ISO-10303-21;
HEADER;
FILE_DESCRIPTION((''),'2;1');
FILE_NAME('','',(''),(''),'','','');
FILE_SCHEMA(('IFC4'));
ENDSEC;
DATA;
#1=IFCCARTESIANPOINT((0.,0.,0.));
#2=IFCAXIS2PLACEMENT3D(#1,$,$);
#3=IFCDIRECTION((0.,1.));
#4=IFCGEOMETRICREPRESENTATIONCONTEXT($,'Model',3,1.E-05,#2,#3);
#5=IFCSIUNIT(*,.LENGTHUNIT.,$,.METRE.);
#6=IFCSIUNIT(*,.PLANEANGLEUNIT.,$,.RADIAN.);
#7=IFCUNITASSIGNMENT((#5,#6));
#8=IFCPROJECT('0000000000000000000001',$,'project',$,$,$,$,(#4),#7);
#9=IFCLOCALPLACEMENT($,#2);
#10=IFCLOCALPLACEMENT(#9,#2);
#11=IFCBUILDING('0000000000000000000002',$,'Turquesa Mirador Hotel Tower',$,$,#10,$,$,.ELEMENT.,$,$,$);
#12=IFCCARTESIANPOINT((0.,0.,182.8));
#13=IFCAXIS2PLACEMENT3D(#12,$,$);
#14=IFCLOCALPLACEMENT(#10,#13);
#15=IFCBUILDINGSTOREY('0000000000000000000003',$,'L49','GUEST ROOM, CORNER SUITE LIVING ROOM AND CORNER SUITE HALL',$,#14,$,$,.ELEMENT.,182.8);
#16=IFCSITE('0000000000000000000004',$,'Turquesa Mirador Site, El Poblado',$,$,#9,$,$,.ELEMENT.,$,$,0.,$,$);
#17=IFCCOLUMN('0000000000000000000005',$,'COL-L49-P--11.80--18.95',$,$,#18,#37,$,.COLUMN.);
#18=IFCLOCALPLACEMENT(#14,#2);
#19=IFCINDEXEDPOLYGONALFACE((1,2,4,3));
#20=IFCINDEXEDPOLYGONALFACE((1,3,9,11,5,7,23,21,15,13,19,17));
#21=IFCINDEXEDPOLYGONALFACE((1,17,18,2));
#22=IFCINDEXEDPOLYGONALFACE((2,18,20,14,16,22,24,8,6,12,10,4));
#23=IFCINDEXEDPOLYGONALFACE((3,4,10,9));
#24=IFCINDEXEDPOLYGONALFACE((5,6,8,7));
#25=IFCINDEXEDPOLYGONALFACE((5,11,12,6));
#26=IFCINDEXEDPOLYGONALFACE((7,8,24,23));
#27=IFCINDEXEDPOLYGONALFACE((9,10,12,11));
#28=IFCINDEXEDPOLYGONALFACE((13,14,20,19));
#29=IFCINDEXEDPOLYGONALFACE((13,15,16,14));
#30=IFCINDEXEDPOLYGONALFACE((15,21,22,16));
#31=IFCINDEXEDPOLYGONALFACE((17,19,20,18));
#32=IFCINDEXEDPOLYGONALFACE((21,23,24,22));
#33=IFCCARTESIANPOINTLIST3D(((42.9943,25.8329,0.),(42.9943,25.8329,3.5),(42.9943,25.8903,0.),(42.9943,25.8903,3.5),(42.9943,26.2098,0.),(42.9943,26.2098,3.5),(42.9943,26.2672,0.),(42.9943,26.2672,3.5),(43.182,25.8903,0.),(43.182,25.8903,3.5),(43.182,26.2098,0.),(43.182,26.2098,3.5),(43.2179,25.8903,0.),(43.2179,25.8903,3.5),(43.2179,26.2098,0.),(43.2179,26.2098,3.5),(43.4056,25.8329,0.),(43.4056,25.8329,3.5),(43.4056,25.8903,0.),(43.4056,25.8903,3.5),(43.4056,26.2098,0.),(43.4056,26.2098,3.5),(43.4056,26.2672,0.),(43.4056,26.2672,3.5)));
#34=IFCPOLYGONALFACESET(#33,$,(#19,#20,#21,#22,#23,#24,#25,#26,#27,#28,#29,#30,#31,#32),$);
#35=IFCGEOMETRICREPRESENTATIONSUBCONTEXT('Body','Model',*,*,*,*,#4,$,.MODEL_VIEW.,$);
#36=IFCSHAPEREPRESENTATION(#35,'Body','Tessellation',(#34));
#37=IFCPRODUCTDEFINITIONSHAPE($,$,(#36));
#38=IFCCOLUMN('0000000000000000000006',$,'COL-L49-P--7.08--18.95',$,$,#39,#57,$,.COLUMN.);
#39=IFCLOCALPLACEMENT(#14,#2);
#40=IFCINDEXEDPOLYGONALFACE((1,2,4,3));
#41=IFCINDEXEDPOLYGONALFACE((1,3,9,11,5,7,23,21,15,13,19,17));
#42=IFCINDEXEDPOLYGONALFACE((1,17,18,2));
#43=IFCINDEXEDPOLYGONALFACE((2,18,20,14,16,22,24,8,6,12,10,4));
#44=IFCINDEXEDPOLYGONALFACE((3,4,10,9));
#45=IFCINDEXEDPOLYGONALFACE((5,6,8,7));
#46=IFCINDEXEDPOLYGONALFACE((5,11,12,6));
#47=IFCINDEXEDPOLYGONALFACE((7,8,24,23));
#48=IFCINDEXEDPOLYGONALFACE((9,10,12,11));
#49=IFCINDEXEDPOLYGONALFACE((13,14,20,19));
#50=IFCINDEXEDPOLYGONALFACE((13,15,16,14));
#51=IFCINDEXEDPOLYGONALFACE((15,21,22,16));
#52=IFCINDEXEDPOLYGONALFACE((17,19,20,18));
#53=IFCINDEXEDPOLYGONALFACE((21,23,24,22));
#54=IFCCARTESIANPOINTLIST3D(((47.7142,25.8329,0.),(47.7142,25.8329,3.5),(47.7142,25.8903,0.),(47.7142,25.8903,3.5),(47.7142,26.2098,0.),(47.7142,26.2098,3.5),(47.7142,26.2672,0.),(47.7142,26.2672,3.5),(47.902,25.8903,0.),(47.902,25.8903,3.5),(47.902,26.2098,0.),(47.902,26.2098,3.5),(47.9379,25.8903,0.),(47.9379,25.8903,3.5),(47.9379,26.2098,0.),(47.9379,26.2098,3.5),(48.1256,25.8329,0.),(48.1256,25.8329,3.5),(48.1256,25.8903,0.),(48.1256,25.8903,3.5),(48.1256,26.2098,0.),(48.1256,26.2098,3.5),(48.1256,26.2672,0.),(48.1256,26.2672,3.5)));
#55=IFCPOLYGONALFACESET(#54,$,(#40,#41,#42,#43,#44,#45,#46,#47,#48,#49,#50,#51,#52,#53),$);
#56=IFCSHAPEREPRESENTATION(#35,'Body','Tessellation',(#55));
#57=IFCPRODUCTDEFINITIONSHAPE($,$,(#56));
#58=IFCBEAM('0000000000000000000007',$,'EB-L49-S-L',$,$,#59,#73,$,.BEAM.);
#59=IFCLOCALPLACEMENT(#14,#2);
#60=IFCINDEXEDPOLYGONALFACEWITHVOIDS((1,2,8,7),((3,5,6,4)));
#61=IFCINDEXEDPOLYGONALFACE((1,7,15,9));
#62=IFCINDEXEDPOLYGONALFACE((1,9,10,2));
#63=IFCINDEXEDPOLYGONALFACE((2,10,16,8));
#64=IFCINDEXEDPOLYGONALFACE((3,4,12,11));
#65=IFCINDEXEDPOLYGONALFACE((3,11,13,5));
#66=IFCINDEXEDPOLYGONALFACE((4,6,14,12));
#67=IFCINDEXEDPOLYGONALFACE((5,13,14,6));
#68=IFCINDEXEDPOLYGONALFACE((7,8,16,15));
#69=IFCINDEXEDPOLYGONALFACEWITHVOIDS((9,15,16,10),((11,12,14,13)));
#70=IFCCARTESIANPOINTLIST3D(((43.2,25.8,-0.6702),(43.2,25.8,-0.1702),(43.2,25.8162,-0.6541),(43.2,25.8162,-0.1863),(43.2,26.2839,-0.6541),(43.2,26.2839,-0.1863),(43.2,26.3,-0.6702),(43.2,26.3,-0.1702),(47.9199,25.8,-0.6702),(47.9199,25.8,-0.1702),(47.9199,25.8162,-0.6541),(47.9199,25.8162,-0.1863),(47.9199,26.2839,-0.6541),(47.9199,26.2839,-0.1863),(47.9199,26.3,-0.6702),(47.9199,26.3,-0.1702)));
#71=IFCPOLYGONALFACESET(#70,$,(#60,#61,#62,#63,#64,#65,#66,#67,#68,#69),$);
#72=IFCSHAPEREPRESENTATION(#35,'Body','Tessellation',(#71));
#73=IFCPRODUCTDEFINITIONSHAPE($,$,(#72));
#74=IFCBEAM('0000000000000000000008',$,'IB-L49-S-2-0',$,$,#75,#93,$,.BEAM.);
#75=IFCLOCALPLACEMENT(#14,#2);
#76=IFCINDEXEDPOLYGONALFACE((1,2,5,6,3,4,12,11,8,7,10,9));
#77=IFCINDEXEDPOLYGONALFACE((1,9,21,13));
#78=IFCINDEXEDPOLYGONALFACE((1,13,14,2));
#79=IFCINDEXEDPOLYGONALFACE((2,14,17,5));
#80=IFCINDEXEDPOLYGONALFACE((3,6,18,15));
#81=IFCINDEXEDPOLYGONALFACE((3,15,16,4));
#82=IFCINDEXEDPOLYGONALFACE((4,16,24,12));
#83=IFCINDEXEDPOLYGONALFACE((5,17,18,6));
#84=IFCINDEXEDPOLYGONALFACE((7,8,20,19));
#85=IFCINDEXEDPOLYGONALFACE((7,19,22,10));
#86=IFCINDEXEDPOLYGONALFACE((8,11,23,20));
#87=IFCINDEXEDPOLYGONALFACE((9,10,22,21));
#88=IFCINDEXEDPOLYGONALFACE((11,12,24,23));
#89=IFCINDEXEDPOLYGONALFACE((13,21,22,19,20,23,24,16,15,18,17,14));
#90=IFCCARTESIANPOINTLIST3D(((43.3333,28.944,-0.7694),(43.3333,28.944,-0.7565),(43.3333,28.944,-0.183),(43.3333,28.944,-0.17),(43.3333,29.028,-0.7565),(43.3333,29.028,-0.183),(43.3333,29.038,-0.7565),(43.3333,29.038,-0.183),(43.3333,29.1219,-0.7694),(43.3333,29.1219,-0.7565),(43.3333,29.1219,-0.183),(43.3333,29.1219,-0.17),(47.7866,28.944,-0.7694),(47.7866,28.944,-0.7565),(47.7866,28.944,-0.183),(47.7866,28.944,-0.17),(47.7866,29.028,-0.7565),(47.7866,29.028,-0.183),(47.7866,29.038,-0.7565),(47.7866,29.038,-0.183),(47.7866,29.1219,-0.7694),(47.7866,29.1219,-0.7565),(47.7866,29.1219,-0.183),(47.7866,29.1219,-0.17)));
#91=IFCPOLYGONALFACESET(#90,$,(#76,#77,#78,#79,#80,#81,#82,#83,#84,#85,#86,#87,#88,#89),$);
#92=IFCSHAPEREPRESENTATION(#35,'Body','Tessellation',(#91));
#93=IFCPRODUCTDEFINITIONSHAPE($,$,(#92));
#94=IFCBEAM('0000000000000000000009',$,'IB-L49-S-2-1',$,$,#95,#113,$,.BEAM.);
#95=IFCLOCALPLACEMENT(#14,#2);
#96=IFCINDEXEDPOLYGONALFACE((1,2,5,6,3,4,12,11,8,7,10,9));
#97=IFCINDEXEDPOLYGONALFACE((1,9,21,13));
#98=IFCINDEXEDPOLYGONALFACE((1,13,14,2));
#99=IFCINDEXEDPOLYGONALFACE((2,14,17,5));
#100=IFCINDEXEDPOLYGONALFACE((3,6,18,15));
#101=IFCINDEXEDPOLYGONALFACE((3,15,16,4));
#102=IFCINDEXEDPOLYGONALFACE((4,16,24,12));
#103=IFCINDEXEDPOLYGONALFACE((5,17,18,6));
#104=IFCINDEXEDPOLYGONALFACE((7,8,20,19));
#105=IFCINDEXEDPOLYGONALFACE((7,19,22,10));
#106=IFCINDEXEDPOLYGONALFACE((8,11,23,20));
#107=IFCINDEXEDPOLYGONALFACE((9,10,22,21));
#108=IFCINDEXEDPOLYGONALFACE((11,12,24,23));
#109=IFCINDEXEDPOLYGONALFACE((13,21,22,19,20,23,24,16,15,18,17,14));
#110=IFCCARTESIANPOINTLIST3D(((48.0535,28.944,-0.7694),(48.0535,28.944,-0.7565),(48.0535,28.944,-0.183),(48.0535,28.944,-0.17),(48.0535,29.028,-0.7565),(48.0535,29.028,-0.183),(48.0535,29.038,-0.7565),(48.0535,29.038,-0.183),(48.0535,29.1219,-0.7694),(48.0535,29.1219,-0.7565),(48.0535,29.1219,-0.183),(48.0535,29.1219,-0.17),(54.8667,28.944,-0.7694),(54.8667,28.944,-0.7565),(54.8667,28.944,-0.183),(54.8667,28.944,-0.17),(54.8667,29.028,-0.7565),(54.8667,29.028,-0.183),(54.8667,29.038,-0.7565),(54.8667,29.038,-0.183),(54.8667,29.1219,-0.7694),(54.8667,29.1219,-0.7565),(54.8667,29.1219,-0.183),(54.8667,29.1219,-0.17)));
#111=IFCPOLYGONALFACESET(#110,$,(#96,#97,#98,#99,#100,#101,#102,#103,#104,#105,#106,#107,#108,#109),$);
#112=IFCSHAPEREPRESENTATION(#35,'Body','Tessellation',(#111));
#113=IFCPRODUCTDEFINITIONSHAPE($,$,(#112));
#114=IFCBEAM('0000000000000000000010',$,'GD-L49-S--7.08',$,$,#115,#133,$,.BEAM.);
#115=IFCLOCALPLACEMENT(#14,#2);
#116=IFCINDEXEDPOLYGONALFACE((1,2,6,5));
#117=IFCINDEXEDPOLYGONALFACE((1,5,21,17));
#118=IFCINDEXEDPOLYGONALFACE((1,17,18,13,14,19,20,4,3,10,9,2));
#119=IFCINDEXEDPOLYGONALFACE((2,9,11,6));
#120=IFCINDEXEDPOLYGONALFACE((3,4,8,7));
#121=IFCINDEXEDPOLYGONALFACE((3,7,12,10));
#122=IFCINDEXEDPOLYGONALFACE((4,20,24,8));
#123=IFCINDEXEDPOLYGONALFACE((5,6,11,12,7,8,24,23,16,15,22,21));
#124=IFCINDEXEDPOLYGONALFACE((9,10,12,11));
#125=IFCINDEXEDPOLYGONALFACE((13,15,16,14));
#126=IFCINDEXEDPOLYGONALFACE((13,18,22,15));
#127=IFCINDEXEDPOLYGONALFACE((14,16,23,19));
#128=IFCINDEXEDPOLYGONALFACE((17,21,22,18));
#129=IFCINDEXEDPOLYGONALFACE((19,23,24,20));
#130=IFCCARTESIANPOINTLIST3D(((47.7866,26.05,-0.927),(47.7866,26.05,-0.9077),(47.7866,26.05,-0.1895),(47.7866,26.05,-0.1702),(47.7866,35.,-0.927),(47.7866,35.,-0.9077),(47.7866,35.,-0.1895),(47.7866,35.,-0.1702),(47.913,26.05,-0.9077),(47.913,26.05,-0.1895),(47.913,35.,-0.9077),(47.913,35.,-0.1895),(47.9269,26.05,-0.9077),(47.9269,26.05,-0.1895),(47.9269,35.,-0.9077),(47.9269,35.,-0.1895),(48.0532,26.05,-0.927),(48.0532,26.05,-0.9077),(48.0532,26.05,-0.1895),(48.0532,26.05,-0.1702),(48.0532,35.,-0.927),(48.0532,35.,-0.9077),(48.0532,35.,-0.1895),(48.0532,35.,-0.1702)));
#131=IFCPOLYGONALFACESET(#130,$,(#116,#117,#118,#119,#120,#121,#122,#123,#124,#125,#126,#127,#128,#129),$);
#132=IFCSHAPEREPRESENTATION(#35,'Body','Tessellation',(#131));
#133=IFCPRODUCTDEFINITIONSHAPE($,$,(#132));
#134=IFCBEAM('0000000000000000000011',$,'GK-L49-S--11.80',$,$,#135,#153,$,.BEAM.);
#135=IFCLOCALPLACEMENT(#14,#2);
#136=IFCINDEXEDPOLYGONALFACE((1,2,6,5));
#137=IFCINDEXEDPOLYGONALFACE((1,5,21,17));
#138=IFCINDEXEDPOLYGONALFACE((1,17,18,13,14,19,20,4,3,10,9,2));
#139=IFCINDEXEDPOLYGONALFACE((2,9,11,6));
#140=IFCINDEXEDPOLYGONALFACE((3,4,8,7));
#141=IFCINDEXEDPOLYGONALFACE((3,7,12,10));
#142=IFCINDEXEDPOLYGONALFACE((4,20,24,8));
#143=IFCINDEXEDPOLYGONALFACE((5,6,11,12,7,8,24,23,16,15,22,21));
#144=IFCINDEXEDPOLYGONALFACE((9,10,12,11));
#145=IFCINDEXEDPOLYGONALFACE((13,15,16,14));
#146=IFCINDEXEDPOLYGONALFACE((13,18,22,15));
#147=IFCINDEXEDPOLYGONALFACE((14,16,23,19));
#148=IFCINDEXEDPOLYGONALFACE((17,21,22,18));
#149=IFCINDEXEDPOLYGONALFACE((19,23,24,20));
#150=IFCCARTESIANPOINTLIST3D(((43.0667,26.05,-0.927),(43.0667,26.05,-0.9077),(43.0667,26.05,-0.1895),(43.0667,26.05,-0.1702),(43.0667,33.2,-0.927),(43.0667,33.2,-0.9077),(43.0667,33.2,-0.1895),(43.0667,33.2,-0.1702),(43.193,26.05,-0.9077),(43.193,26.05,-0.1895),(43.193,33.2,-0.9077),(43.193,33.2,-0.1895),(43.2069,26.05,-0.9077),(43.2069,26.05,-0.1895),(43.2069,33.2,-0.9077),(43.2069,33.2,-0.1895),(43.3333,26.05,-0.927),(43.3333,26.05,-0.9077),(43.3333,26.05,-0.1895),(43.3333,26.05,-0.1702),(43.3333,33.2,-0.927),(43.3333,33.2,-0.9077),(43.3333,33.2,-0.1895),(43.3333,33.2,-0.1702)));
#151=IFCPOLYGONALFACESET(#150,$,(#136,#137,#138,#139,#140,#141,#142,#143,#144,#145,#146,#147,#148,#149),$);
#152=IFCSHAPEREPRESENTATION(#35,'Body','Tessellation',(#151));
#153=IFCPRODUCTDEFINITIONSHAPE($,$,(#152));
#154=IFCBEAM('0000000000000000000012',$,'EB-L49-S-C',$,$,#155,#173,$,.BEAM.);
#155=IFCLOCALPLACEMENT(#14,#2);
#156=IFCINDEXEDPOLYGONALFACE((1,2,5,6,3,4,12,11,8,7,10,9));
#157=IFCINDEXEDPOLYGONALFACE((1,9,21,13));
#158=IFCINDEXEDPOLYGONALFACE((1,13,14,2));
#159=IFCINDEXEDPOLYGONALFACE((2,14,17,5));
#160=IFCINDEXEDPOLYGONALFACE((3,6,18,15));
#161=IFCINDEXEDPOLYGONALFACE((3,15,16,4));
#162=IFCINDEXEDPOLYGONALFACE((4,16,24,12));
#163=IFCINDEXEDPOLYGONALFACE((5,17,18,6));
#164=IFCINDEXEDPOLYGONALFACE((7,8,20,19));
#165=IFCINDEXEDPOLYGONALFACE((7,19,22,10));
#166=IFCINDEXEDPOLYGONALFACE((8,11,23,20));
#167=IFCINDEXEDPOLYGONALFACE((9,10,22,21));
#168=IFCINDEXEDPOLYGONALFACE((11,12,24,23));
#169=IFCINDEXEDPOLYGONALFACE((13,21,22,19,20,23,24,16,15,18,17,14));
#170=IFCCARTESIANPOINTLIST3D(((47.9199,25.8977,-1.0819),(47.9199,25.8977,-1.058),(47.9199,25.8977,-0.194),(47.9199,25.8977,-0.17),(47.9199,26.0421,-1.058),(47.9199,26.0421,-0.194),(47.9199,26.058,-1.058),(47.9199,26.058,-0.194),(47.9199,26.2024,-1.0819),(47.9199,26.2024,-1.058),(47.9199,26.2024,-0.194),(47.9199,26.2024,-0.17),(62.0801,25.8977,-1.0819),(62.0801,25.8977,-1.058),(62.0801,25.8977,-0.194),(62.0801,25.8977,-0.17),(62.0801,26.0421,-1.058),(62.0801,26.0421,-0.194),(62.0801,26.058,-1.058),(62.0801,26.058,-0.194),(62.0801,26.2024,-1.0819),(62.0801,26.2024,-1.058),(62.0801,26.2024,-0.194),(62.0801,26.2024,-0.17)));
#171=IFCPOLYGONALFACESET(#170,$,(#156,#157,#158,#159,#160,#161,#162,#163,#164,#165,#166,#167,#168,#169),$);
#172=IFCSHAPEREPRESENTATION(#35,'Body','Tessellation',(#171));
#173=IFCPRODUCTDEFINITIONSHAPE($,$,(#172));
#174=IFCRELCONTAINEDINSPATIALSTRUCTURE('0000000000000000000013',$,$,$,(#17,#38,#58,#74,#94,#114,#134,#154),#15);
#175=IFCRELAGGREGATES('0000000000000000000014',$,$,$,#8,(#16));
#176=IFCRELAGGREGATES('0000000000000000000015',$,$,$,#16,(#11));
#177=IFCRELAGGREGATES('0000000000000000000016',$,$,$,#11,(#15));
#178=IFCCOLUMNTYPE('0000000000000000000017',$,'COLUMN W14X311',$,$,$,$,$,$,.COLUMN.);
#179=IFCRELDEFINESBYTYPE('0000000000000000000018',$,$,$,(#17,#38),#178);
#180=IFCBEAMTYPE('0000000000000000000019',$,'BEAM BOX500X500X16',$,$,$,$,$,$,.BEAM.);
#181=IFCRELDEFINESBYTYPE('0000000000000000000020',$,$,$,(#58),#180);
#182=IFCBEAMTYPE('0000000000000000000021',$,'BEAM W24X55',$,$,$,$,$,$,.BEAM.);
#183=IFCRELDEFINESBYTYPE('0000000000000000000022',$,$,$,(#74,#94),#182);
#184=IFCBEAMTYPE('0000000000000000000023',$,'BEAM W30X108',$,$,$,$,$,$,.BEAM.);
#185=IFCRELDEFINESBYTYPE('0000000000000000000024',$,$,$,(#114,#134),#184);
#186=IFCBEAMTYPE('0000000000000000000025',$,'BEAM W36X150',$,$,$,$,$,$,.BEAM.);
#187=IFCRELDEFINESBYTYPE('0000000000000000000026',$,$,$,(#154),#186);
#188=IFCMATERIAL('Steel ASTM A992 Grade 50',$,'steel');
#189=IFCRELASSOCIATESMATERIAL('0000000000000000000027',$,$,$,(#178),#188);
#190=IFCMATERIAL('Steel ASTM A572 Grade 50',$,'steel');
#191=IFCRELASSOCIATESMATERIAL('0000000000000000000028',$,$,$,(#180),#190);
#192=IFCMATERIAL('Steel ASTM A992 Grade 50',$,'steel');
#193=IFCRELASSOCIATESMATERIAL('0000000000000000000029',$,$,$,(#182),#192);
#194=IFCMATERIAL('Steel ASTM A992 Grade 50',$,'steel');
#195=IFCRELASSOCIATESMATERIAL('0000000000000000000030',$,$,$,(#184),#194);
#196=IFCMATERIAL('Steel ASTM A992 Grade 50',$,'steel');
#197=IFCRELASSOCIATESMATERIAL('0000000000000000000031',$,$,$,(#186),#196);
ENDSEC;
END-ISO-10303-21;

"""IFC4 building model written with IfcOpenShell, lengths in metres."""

from ifc_helpers import new_model, si_unit, direction, frame, origin, origin_2d, place, context, subcontext, project, spatial, hollow_rectangle, i_section, extrude, material, material_profile, profile_set, type_object, element, save


model = new_model("IFC4")

# Units and contexts
model_context = context("Model", 3, precision=1e-05, world=origin(), true_north=direction((0.0, 1.0)))
body_context = subcontext(model_context, "Body", "Model", "MODEL_VIEW")
ifc_project = project(units=[si_unit("LENGTHUNIT", "METRE"), si_unit("PLANEANGLEUNIT", "RADIAN")], contexts=[model_context])

# Site, building, storey
site_placement = place(None, origin())
site = spatial("IfcSite", under=ifc_project, at=site_placement, Name="Turquesa Mirador Site, El Poblado", CompositionType="ELEMENT", RefElevation=0.0)
building_placement = place(site_placement, origin())
building = spatial("IfcBuilding", under=site, at=building_placement, Name="Turquesa Mirador Hotel Tower", CompositionType="ELEMENT")
storey_placement = place(building_placement, frame((0.0, 0.0, 182.8)))
storey = spatial("IfcBuildingStorey", under=building, at=storey_placement, Name="L49", Description="GUEST ROOM, CORNER SUITE LIVING ROOM AND CORNER SUITE HALL", CompositionType="ELEMENT", Elevation=182.8)

# Columns
ifc_material_1 = material(Name="Steel ASTM A992 Grade 50", Category="steel")
ifc_material_profile_1 = material_profile(ifc_material_1, i_section(OverallWidth=0.4114, OverallDepth=0.4343, WebThickness=0.0359, FlangeThickness=0.0574, at=origin_2d()), Name="W14X311")
ifc_profile_set_1 = profile_set([ifc_material_profile_1], Name="Steel ASTM A992 Grade 50")
column_type = type_object("IfcColumnType", Name="COLUMN W14X311", PredefinedType="COLUMN", material=ifc_profile_set_1)
for number, where, z_axis, x_axis, name in (
    (1, (43.2, 26.05, 0.0), (0.0, 0.0, 1.0), (1.0, 0.0, 0.0), "COL-L49-P--11.80--18.95"),
    (2, (47.9199, 26.05, 0.0), (0.0, 0.0, 1.0), (1.0, 0.0, 0.0), "COL-L49-P--7.08--18.95"),
):
    element("IfcColumn", number, at=place(storey_placement, frame(where, z_axis=z_axis, x_axis=x_axis)), inside=storey, type_object=column_type, Name=name, PredefinedType="COLUMN", context=body_context, shape_type="SweptSolid", body=[
        extrude(i_section(OverallWidth=0.4114, OverallDepth=0.4343, WebThickness=0.0359, FlangeThickness=0.0574, at=origin_2d()), origin(), (0.0, 0.0, 1.0), 3.5),
    ])

# Beams
ifc_material_2 = material(Name="Steel ASTM A572 Grade 50", Category="steel")
ifc_material_profile_2 = material_profile(ifc_material_2, hollow_rectangle(XDim=0.5, YDim=0.5, WallThickness=0.0161, at=origin_2d()), Name="BOX500X500X16")
ifc_profile_set_2 = profile_set([ifc_material_profile_2], Name="Steel ASTM A572 Grade 50")
beam_type_1 = type_object("IfcBeamType", Name="BEAM BOX500X500X16", PredefinedType="BEAM", material=ifc_profile_set_2)
beam_1_placement = place(storey_placement, frame((43.2, 26.05, -0.4202), z_axis=(1.0, 0.0, 0.0), x_axis=(0.0, 1.0, 0.0)))
element("IfcBeam", 3, at=beam_1_placement, inside=storey, type_object=beam_type_1, Name="EB-L49-S-L", PredefinedType="BEAM", context=body_context, shape_type="SweptSolid", body=[
    extrude(hollow_rectangle(XDim=0.5, YDim=0.5, WallThickness=0.0161, at=origin_2d()), origin(), (0.0, 0.0, 1.0), 4.72),
])
ifc_material_3 = material(Name="Steel ASTM A992 Grade 50", Category="steel")
ifc_material_profile_3 = material_profile(ifc_material_3, i_section(OverallWidth=0.178, OverallDepth=0.5994, WebThickness=0.01, FlangeThickness=0.0129, at=origin_2d()), Name="W24X55")
ifc_profile_set_3 = profile_set([ifc_material_profile_3], Name="Steel ASTM A992 Grade 50")
beam_type_2 = type_object("IfcBeamType", Name="BEAM W24X55", PredefinedType="BEAM", material=ifc_profile_set_3)
beam_2_placement = place(storey_placement, frame((43.3333, 29.033, -0.4697), z_axis=(1.0, 0.0, 0.0), x_axis=(0.0, 1.0, 0.0)))
element("IfcBeam", 4, at=beam_2_placement, inside=storey, type_object=beam_type_2, Name="IB-L49-S-2-0", PredefinedType="BEAM", context=body_context, shape_type="SweptSolid", body=[
    extrude(i_section(OverallWidth=0.178, OverallDepth=0.5994, WebThickness=0.01, FlangeThickness=0.0129, at=origin_2d()), origin(), (0.0, 0.0, 1.0), 4.4534),
])
beam_3_placement = place(storey_placement, frame((48.0535, 29.033, -0.4697), z_axis=(1.0, 0.0, 0.0), x_axis=(0.0, 1.0, 0.0)))
element("IfcBeam", 5, at=beam_3_placement, inside=storey, type_object=beam_type_2, Name="IB-L49-S-2-1", PredefinedType="BEAM", context=body_context, shape_type="SweptSolid", body=[
    extrude(i_section(OverallWidth=0.178, OverallDepth=0.5994, WebThickness=0.01, FlangeThickness=0.0129, at=origin_2d()), origin(), (0.0, 0.0, 1.0), 6.8132),
])
ifc_material_4 = material(Name="Steel ASTM A992 Grade 50", Category="steel")
ifc_material_profile_4 = material_profile(ifc_material_4, i_section(OverallWidth=0.2666, OverallDepth=0.7568, WebThickness=0.0139, FlangeThickness=0.0193, at=origin_2d()), Name="W30X108")
ifc_profile_set_4 = profile_set([ifc_material_profile_4], Name="Steel ASTM A992 Grade 50")
beam_type_3 = type_object("IfcBeamType", Name="BEAM W30X108", PredefinedType="BEAM", material=ifc_profile_set_4)
beam_4_placement = place(storey_placement, frame((47.9199, 26.05, -0.5486), z_axis=(0.0, 1.0, 0.0), x_axis=(-1.0, 0.0, 0.0)))
element("IfcBeam", 6, at=beam_4_placement, inside=storey, type_object=beam_type_3, Name="GD-L49-S--7.08", PredefinedType="BEAM", context=body_context, shape_type="SweptSolid", body=[
    extrude(i_section(OverallWidth=0.2666, OverallDepth=0.7568, WebThickness=0.0139, FlangeThickness=0.0193, at=origin_2d()), origin(), (0.0, 0.0, 1.0), 8.95),
])
beam_5_placement = place(storey_placement, frame((43.2, 26.05, -0.5486), z_axis=(0.0, 1.0, 0.0), x_axis=(-1.0, 0.0, 0.0)))
element("IfcBeam", 7, at=beam_5_placement, inside=storey, type_object=beam_type_3, Name="GK-L49-S--11.80", PredefinedType="BEAM", context=body_context, shape_type="SweptSolid", body=[
    extrude(i_section(OverallWidth=0.2666, OverallDepth=0.7568, WebThickness=0.0139, FlangeThickness=0.0193, at=origin_2d()), origin(), (0.0, 0.0, 1.0), 7.1499),
])
ifc_material_5 = material(Name="Steel ASTM A992 Grade 50", Category="steel")
ifc_material_profile_5 = material_profile(ifc_material_5, i_section(OverallWidth=0.3047, OverallDepth=0.9119, WebThickness=0.0159, FlangeThickness=0.0239, at=origin_2d()), Name="W36X150")
ifc_profile_set_5 = profile_set([ifc_material_profile_5], Name="Steel ASTM A992 Grade 50")
beam_type_4 = type_object("IfcBeamType", Name="BEAM W36X150", PredefinedType="BEAM", material=ifc_profile_set_5)
beam_6_placement = place(storey_placement, frame((47.9199, 26.05, -0.626), z_axis=(1.0, 0.0, 0.0), x_axis=(0.0, 1.0, 0.0)))
element("IfcBeam", 8, at=beam_6_placement, inside=storey, type_object=beam_type_4, Name="EB-L49-S-C", PredefinedType="BEAM", context=body_context, shape_type="SweptSolid", body=[
    extrude(i_section(OverallWidth=0.3047, OverallDepth=0.9119, WebThickness=0.0159, FlangeThickness=0.0239, at=origin_2d()), origin(), (0.0, 0.0, 1.0), 14.1602),
])

save(model, "model.ifc")
